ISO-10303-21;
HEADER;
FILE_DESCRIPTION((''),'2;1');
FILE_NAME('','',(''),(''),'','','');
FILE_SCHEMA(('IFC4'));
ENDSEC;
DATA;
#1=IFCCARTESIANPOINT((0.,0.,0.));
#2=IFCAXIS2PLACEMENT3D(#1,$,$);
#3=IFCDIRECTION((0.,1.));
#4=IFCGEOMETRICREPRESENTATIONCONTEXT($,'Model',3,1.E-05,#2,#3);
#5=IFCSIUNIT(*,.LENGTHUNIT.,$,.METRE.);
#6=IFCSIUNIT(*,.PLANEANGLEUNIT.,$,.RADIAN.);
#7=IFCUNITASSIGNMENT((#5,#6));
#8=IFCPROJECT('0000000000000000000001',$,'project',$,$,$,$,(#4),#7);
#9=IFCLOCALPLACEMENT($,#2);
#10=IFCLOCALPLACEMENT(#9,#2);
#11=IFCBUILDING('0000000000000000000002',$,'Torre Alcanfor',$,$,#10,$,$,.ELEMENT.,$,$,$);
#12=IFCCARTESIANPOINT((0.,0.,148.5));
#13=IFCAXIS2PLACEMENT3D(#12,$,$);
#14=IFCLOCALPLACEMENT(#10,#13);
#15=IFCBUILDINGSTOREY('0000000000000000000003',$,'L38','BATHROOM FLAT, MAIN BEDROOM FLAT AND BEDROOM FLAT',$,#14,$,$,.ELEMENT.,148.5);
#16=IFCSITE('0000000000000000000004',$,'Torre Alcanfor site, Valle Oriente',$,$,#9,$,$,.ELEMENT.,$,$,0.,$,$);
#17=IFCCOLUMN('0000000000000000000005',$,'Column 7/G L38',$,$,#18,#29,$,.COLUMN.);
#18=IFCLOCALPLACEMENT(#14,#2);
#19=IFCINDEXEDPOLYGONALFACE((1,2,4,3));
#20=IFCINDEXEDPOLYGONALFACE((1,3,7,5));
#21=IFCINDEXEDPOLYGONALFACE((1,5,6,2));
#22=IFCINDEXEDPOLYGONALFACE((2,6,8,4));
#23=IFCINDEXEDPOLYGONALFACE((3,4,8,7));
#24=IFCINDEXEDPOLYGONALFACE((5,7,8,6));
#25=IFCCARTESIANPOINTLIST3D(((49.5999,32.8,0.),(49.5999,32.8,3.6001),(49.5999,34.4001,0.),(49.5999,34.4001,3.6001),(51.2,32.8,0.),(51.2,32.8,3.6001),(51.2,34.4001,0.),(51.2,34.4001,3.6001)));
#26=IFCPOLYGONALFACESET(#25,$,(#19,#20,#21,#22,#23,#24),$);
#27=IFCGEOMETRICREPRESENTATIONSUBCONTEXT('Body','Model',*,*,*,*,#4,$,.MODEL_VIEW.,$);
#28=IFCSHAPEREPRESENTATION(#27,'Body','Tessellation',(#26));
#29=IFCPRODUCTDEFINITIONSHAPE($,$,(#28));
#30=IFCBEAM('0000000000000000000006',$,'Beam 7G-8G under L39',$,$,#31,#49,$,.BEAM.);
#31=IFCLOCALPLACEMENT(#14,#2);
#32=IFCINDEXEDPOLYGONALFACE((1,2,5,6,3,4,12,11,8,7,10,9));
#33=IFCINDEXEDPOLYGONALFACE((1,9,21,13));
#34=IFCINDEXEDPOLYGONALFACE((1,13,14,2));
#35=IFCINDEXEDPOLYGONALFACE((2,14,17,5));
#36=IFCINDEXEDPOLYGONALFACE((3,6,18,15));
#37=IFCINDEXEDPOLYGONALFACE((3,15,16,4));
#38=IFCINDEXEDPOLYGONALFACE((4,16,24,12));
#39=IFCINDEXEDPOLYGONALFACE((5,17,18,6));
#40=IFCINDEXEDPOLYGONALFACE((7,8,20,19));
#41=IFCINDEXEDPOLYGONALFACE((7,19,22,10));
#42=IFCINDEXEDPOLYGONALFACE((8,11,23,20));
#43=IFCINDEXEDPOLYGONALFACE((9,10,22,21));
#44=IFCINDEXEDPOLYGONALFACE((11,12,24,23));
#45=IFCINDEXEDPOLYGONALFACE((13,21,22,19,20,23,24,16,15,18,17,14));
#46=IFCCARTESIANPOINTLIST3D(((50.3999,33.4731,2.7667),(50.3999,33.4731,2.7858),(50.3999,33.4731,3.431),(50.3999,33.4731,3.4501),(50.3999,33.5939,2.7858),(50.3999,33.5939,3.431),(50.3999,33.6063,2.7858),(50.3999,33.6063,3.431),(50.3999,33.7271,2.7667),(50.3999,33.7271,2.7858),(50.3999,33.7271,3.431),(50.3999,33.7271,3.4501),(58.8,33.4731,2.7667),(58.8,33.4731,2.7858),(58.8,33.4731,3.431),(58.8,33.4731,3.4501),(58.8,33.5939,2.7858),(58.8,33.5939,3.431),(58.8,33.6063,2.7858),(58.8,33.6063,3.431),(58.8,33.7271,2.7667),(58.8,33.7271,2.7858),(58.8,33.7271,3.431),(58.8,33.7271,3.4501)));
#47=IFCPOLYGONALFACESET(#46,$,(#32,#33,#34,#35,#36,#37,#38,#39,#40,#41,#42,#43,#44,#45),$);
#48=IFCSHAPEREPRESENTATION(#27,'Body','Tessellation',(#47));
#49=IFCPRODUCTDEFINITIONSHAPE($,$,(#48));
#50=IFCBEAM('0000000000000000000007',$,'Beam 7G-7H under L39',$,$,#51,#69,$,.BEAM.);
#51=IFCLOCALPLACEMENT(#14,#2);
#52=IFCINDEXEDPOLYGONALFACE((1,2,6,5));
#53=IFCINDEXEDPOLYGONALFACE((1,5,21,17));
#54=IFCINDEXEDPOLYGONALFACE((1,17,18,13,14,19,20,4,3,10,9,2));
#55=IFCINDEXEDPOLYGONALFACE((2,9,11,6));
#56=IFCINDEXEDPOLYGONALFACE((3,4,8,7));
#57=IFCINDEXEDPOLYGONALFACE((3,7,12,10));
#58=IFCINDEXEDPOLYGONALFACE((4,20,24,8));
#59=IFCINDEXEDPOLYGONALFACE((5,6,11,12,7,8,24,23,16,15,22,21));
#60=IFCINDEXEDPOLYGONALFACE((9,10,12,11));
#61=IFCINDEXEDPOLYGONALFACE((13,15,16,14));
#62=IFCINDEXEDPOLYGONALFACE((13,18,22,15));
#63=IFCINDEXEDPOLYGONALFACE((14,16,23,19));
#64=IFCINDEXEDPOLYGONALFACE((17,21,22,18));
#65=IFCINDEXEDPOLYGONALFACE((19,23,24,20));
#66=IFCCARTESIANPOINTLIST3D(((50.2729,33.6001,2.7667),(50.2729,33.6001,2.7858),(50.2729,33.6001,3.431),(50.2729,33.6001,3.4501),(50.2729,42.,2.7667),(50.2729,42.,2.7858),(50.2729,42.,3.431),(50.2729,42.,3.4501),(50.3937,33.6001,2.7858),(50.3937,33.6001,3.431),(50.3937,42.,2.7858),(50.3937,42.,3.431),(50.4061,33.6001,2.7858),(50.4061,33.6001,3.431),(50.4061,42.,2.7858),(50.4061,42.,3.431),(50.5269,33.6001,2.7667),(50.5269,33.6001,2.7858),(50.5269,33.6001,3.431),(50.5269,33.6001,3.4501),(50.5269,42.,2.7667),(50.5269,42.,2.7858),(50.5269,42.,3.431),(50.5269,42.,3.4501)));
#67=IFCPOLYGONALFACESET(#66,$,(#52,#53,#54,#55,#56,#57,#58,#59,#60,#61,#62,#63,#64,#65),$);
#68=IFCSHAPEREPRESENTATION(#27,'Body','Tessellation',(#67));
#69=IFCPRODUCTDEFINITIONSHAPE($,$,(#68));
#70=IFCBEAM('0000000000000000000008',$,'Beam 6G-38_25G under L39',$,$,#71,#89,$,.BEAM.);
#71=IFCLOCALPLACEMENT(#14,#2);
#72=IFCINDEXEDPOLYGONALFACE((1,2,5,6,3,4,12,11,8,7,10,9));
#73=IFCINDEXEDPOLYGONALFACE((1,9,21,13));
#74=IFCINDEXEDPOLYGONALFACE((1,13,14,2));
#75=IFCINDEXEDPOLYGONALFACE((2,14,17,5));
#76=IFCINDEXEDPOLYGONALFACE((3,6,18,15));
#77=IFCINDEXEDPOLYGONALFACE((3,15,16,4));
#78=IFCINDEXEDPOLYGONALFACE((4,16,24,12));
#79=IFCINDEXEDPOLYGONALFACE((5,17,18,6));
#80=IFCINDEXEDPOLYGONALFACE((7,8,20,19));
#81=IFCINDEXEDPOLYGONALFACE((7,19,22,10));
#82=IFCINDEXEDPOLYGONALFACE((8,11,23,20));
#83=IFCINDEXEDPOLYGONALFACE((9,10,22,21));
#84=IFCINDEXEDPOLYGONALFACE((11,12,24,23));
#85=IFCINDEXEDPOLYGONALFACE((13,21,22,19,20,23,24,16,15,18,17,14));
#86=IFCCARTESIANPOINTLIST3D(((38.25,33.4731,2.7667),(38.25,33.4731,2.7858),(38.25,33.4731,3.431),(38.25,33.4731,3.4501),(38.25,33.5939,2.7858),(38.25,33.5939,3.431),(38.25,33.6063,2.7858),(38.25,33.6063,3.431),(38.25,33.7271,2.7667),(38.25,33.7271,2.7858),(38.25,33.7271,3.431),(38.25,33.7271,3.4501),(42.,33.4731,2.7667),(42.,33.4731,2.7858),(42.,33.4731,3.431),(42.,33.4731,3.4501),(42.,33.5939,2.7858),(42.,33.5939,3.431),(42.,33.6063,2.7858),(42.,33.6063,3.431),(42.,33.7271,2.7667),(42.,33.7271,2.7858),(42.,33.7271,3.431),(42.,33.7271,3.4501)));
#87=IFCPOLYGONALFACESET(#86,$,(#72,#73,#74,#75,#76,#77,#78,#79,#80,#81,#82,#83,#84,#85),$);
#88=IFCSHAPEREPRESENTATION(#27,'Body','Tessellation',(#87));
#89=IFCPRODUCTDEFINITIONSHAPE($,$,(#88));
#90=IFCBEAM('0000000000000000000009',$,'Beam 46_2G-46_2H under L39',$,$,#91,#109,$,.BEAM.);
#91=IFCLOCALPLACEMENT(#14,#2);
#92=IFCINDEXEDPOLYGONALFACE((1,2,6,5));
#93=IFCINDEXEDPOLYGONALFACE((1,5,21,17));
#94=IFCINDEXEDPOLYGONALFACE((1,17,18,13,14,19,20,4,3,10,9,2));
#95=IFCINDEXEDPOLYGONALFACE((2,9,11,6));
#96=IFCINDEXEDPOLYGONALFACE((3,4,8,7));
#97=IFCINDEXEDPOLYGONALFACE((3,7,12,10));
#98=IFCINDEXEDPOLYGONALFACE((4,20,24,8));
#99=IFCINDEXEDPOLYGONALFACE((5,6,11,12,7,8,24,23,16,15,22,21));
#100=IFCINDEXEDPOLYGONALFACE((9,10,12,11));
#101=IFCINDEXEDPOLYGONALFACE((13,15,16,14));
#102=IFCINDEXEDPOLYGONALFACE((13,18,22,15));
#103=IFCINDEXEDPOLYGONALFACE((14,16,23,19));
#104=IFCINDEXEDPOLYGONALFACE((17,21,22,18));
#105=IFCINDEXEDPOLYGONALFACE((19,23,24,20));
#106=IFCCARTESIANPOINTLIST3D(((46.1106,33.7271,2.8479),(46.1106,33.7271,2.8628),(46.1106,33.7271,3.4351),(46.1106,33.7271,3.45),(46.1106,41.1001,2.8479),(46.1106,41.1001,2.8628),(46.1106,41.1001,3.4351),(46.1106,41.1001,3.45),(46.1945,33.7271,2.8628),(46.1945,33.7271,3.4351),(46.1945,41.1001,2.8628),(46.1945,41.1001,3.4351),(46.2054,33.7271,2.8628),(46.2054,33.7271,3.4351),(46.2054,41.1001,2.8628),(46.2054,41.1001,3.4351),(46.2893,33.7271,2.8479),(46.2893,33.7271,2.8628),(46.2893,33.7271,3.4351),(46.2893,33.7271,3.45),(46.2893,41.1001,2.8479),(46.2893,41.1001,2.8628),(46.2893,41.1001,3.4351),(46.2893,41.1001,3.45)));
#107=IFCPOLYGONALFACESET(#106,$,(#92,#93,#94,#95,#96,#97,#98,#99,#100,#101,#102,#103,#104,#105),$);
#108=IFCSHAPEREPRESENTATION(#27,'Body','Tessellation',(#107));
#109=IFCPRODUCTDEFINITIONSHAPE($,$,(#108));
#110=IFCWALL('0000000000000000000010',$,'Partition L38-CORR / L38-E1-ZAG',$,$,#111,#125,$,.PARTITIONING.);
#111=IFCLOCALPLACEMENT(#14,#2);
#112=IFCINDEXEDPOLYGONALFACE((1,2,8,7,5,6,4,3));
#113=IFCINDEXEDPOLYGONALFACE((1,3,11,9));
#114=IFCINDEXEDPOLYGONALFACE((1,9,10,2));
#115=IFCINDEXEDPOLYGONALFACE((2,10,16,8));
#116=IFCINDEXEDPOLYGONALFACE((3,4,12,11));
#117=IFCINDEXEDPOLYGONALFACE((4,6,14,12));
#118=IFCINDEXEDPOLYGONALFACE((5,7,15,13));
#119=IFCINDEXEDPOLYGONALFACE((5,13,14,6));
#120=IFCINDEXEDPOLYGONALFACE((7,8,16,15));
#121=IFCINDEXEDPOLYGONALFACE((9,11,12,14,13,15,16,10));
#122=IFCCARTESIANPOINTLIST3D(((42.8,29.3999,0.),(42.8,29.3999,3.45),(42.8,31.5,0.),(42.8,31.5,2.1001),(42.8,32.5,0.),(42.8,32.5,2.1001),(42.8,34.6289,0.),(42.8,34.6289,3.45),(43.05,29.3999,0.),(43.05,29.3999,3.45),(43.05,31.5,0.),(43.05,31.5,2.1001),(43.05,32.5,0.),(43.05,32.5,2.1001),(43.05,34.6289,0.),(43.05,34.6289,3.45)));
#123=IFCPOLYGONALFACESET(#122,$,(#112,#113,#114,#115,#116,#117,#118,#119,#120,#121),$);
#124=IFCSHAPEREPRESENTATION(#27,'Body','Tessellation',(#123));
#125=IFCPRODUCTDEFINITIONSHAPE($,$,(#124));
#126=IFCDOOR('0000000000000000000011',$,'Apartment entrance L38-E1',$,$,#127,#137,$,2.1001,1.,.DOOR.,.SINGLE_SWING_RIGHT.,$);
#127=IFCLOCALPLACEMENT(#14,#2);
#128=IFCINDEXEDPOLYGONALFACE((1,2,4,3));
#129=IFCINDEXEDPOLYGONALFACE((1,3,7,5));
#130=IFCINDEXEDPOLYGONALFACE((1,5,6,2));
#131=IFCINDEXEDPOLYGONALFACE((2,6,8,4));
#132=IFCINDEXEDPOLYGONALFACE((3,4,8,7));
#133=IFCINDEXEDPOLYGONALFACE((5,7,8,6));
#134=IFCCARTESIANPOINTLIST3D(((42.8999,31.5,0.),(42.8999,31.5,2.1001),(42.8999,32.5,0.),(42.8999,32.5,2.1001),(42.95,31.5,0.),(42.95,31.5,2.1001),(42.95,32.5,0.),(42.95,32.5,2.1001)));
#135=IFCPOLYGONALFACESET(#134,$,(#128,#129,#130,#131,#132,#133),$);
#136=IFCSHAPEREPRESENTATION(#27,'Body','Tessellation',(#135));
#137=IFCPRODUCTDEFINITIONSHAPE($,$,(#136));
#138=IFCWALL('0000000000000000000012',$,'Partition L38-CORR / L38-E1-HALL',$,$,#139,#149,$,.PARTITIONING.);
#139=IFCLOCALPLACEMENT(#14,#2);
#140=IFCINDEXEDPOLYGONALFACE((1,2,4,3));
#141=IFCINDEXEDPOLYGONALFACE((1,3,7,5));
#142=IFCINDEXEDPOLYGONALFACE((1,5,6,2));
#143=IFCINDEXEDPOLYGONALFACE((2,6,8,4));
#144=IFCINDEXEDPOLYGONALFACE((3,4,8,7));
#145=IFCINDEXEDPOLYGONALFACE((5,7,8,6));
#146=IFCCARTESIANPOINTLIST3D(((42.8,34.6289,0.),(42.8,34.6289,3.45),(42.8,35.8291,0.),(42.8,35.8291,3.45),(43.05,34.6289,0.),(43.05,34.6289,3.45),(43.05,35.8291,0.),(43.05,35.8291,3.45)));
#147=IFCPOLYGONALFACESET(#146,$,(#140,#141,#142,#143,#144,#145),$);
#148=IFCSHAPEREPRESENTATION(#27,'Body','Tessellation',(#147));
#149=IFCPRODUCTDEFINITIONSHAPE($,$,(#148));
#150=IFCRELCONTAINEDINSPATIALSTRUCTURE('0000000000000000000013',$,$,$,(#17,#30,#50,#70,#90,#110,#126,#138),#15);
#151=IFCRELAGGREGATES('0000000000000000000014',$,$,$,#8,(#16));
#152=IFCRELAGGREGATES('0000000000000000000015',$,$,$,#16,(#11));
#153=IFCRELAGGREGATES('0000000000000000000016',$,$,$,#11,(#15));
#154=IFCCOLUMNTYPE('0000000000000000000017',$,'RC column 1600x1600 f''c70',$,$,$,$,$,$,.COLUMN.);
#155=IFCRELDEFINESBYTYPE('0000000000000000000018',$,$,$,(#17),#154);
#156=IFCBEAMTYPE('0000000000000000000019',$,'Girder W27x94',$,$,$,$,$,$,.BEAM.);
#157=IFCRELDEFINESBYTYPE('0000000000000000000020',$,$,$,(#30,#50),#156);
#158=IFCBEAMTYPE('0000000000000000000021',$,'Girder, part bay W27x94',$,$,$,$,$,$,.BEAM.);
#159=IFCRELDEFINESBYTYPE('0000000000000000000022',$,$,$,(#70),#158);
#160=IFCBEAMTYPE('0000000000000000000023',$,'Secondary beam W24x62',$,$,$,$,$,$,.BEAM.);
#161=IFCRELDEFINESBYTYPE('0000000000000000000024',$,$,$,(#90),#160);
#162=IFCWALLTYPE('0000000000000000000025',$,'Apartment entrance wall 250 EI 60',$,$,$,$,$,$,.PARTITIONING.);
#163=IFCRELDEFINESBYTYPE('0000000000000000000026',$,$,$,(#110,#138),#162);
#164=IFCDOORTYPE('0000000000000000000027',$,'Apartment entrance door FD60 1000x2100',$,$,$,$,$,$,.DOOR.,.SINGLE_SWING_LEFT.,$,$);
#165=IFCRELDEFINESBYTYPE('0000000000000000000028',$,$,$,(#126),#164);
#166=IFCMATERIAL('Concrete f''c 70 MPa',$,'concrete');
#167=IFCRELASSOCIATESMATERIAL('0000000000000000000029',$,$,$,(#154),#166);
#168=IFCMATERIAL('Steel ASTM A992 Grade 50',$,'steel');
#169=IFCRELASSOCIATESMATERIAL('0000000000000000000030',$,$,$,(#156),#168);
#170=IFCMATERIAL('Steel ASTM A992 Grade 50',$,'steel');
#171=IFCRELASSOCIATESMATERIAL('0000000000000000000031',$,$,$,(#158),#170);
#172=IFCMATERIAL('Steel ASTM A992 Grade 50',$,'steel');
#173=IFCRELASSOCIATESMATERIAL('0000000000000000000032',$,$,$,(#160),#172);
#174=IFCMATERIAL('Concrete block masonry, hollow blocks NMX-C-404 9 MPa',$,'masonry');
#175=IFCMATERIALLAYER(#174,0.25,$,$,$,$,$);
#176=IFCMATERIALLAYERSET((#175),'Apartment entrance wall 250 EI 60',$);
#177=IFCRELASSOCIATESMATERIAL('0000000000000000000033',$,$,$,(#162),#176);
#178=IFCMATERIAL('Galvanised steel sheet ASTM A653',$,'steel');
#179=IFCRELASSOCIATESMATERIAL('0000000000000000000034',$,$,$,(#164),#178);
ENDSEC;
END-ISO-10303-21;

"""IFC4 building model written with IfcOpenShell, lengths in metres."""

from ifc_helpers import new_model, si_unit, direction, frame, frame_2d, origin, origin_2d, place, context, subcontext, project, spatial, rectangle, i_section, extrude, material, layer, layer_set, material_profile, profile_set, type_object, element, fill, save


model = new_model("IFC4")

# Units and contexts
model_context = context("Model", 3, precision=1e-05, world=origin(), true_north=direction((0.0, 1.0)))
body_context = subcontext(model_context, "Body", "Model", "MODEL_VIEW")
ifc_project = project(units=[si_unit("LENGTHUNIT", "METRE"), si_unit("PLANEANGLEUNIT", "RADIAN")], contexts=[model_context])

# Site, building, storey
site_placement = place(None, origin())
site = spatial("IfcSite", under=ifc_project, at=site_placement, Name="Torre Alcanfor site, Valle Oriente", CompositionType="ELEMENT", RefElevation=0.0)
building_placement = place(site_placement, origin())
building = spatial("IfcBuilding", under=site, at=building_placement, Name="Torre Alcanfor", CompositionType="ELEMENT")
storey_placement = place(building_placement, frame((0.0, 0.0, 148.5)))
storey = spatial("IfcBuildingStorey", under=building, at=storey_placement, Name="L38", Description="BATHROOM FLAT, MAIN BEDROOM FLAT AND BEDROOM FLAT", CompositionType="ELEMENT", Elevation=148.5)

# Column
ifc_material_1 = material(Name="Concrete f'c 70 MPa", Category="concrete")
ifc_material_profile_1 = material_profile(ifc_material_1, rectangle(XDim=1.6001, YDim=1.6001, at=origin_2d()), Name="1600x1600")
ifc_profile_set_1 = profile_set([ifc_material_profile_1], Name="Concrete f'c 70 MPa")
column_type = type_object("IfcColumnType", Name="RC column 1600x1600 f'c70", PredefinedType="COLUMN", material=ifc_profile_set_1)
column_placement = place(storey_placement, frame((50.3999, 33.6001, 0.0), z_axis=(0.0, 0.0, 1.0), x_axis=(1.0, 0.0, 0.0)))
element("IfcColumn", 1, at=column_placement, inside=storey, type_object=column_type, Name="Column 7/G L38", PredefinedType="COLUMN", context=body_context, shape_type="SweptSolid", body=[
    extrude(rectangle(XDim=1.6001, YDim=1.6001, at=origin_2d()), origin(), (0.0, 0.0, 1.0), 3.6001),
])

# Beams
ifc_material_2 = material(Name="Steel ASTM A992 Grade 50", Category="steel")
ifc_material_profile_2 = material_profile(ifc_material_2, i_section(OverallWidth=0.2539, OverallDepth=0.6833, WebThickness=0.0125, FlangeThickness=0.019, at=origin_2d()), Name="W27x94")
ifc_profile_set_2 = profile_set([ifc_material_profile_2], Name="Steel ASTM A992 Grade 50")
beam_type_1 = type_object("IfcBeamType", Name="Girder W27x94", PredefinedType="BEAM", material=ifc_profile_set_2)
beam_1_placement = place(storey_placement, frame((50.3999, 33.6001, 3.1084), z_axis=(1.0, 0.0, 0.0), x_axis=(0.0, 1.0, 0.0)))
element("IfcBeam", 2, at=beam_1_placement, inside=storey, type_object=beam_type_1, Name="Beam 7G-8G under L39", PredefinedType="BEAM", context=body_context, shape_type="SweptSolid", body=[
    extrude(i_section(OverallWidth=0.2539, OverallDepth=0.6833, WebThickness=0.0125, FlangeThickness=0.019, at=origin_2d()), origin(), (0.0, 0.0, 1.0), 8.4001),
])
beam_2_placement = place(storey_placement, frame((50.3999, 33.6001, 3.1084), z_axis=(0.0, 1.0, 0.0), x_axis=(-1.0, 0.0, 0.0)))
element("IfcBeam", 3, at=beam_2_placement, inside=storey, type_object=beam_type_1, Name="Beam 7G-7H under L39", PredefinedType="BEAM", context=body_context, shape_type="SweptSolid", body=[
    extrude(i_section(OverallWidth=0.2539, OverallDepth=0.6833, WebThickness=0.0125, FlangeThickness=0.019, at=origin_2d()), origin(), (0.0, 0.0, 1.0), 8.3999),
])
ifc_material_3 = material(Name="Steel ASTM A992 Grade 50", Category="steel")
ifc_material_profile_3 = material_profile(ifc_material_3, i_section(OverallWidth=0.2539, OverallDepth=0.6833, WebThickness=0.0125, FlangeThickness=0.019, at=origin_2d()), Name="W27x94")
ifc_profile_set_3 = profile_set([ifc_material_profile_3], Name="Steel ASTM A992 Grade 50")
beam_type_2 = type_object("IfcBeamType", Name="Girder, part bay W27x94", PredefinedType="BEAM", material=ifc_profile_set_3)
beam_3_placement = place(storey_placement, frame((42.0, 33.6001, 3.1084), z_axis=(-1.0, 0.0, 0.0), x_axis=(0.0, -1.0, 0.0)))
element("IfcBeam", 4, at=beam_3_placement, inside=storey, type_object=beam_type_2, Name="Beam 6G-38_25G under L39", PredefinedType="BEAM", context=body_context, shape_type="SweptSolid", body=[
    extrude(i_section(OverallWidth=0.2539, OverallDepth=0.6833, WebThickness=0.0125, FlangeThickness=0.019, at=origin_2d()), origin(), (0.0, 0.0, 1.0), 3.75),
])
ifc_material_4 = material(Name="Steel ASTM A992 Grade 50", Category="steel")
ifc_material_profile_4 = material_profile(ifc_material_4, i_section(OverallWidth=0.1787, OverallDepth=0.6021, WebThickness=0.011, FlangeThickness=0.0149, at=origin_2d()), Name="W24x62")
ifc_profile_set_4 = profile_set([ifc_material_profile_4], Name="Steel ASTM A992 Grade 50")
beam_type_3 = type_object("IfcBeamType", Name="Secondary beam W24x62", PredefinedType="BEAM", material=ifc_profile_set_4)
beam_4_placement = place(storey_placement, frame((46.2, 33.7271, 3.1489), z_axis=(0.0, 1.0, 0.0), x_axis=(-1.0, 0.0, 0.0)))
element("IfcBeam", 5, at=beam_4_placement, inside=storey, type_object=beam_type_3, Name="Beam 46_2G-46_2H under L39", PredefinedType="BEAM", context=body_context, shape_type="SweptSolid", body=[
    extrude(i_section(OverallWidth=0.1787, OverallDepth=0.6021, WebThickness=0.011, FlangeThickness=0.0149, at=origin_2d()), origin(), (0.0, 0.0, 1.0), 7.373),
])

# Wall, opening, door
ifc_material_5 = material(Name="Concrete block masonry, hollow blocks NMX-C-404 9 MPa", Category="masonry")
ifc_layer_1 = layer(ifc_material_5, 0.25)
ifc_layer_set_1 = layer_set([ifc_layer_1], Name="Apartment entrance wall 250 EI 60")
wall_type_1 = type_object("IfcWallType", Name="Apartment entrance wall 250 EI 60", PredefinedType="PARTITIONING", material=ifc_layer_set_1)
wall_1_placement = place(storey_placement, frame((42.925, 34.6289, 0.0), z_axis=(0.0, 0.0, 1.0), x_axis=(0.0, -1.0, 0.0)))
wall_1 = element("IfcWall", 6, at=wall_1_placement, inside=storey, type_object=wall_type_1, Name="Partition L38-CORR / L38-E1-ZAG", PredefinedType="PARTITIONING", context=body_context, shape_type="SweptSolid", body=[
    extrude(rectangle(XDim=5.229, YDim=0.25, at=frame_2d((2.6145, 0.0))), origin(), (0.0, 0.0, 1.0), 3.45),
])
opening_1_placement = place(wall_1_placement, frame((2.1289, 0.0, 0.0)))
opening_1 = element("IfcOpeningElement", 7, at=opening_1_placement, cuts=wall_1, PredefinedType="OPENING", context=body_context, shape_type="SweptSolid", body=[
    extrude(rectangle(XDim=1.0, YDim=2.1001, at=frame_2d((0.5, 1.05))), frame((0.0, 0.135, 0.0), z_axis=(0.0, -1.0, 0.0), x_axis=(1.0, 0.0, 0.0)), (0.0, 0.0, 1.0), 0.27),
])
ifc_material_6 = material(Name="Galvanised steel sheet ASTM A653", Category="steel")
door_type_1 = type_object("IfcDoorType", Name="Apartment entrance door FD60 1000x2100", OperationType="SINGLE_SWING_LEFT", PredefinedType="DOOR", material=ifc_material_6)
door_1_placement = place(opening_1_placement, origin())
door_1 = element("IfcDoor", 8, at=door_1_placement, inside=storey, type_object=door_type_1, Name="Apartment entrance L38-E1", OperationType="SINGLE_SWING_RIGHT", OverallHeight=2.1001, OverallWidth=1.0, PredefinedType="DOOR", context=body_context, shape_type="SweptSolid", body=[
    extrude(rectangle(XDim=1.0, YDim=2.1001, at=frame_2d((0.5, 1.05))), frame((0.0, 0.0249, 0.0), z_axis=(0.0, -1.0, 0.0), x_axis=(1.0, 0.0, 0.0)), (0.0, 0.0, 1.0), 0.05),
])
fill(opening_1, door_1)

# Wall
wall_2_placement = place(storey_placement, frame((42.925, 35.8291, 0.0), z_axis=(0.0, 0.0, 1.0), x_axis=(0.0, -1.0, 0.0)))
element("IfcWall", 9, at=wall_2_placement, inside=storey, type_object=wall_type_1, Name="Partition L38-CORR / L38-E1-HALL", PredefinedType="PARTITIONING", context=body_context, shape_type="SweptSolid", body=[
    extrude(rectangle(XDim=1.2002, YDim=0.25, at=frame_2d((0.6001, 0.0))), origin(), (0.0, 0.0, 1.0), 3.45),
])

save(model, "model.ifc")
